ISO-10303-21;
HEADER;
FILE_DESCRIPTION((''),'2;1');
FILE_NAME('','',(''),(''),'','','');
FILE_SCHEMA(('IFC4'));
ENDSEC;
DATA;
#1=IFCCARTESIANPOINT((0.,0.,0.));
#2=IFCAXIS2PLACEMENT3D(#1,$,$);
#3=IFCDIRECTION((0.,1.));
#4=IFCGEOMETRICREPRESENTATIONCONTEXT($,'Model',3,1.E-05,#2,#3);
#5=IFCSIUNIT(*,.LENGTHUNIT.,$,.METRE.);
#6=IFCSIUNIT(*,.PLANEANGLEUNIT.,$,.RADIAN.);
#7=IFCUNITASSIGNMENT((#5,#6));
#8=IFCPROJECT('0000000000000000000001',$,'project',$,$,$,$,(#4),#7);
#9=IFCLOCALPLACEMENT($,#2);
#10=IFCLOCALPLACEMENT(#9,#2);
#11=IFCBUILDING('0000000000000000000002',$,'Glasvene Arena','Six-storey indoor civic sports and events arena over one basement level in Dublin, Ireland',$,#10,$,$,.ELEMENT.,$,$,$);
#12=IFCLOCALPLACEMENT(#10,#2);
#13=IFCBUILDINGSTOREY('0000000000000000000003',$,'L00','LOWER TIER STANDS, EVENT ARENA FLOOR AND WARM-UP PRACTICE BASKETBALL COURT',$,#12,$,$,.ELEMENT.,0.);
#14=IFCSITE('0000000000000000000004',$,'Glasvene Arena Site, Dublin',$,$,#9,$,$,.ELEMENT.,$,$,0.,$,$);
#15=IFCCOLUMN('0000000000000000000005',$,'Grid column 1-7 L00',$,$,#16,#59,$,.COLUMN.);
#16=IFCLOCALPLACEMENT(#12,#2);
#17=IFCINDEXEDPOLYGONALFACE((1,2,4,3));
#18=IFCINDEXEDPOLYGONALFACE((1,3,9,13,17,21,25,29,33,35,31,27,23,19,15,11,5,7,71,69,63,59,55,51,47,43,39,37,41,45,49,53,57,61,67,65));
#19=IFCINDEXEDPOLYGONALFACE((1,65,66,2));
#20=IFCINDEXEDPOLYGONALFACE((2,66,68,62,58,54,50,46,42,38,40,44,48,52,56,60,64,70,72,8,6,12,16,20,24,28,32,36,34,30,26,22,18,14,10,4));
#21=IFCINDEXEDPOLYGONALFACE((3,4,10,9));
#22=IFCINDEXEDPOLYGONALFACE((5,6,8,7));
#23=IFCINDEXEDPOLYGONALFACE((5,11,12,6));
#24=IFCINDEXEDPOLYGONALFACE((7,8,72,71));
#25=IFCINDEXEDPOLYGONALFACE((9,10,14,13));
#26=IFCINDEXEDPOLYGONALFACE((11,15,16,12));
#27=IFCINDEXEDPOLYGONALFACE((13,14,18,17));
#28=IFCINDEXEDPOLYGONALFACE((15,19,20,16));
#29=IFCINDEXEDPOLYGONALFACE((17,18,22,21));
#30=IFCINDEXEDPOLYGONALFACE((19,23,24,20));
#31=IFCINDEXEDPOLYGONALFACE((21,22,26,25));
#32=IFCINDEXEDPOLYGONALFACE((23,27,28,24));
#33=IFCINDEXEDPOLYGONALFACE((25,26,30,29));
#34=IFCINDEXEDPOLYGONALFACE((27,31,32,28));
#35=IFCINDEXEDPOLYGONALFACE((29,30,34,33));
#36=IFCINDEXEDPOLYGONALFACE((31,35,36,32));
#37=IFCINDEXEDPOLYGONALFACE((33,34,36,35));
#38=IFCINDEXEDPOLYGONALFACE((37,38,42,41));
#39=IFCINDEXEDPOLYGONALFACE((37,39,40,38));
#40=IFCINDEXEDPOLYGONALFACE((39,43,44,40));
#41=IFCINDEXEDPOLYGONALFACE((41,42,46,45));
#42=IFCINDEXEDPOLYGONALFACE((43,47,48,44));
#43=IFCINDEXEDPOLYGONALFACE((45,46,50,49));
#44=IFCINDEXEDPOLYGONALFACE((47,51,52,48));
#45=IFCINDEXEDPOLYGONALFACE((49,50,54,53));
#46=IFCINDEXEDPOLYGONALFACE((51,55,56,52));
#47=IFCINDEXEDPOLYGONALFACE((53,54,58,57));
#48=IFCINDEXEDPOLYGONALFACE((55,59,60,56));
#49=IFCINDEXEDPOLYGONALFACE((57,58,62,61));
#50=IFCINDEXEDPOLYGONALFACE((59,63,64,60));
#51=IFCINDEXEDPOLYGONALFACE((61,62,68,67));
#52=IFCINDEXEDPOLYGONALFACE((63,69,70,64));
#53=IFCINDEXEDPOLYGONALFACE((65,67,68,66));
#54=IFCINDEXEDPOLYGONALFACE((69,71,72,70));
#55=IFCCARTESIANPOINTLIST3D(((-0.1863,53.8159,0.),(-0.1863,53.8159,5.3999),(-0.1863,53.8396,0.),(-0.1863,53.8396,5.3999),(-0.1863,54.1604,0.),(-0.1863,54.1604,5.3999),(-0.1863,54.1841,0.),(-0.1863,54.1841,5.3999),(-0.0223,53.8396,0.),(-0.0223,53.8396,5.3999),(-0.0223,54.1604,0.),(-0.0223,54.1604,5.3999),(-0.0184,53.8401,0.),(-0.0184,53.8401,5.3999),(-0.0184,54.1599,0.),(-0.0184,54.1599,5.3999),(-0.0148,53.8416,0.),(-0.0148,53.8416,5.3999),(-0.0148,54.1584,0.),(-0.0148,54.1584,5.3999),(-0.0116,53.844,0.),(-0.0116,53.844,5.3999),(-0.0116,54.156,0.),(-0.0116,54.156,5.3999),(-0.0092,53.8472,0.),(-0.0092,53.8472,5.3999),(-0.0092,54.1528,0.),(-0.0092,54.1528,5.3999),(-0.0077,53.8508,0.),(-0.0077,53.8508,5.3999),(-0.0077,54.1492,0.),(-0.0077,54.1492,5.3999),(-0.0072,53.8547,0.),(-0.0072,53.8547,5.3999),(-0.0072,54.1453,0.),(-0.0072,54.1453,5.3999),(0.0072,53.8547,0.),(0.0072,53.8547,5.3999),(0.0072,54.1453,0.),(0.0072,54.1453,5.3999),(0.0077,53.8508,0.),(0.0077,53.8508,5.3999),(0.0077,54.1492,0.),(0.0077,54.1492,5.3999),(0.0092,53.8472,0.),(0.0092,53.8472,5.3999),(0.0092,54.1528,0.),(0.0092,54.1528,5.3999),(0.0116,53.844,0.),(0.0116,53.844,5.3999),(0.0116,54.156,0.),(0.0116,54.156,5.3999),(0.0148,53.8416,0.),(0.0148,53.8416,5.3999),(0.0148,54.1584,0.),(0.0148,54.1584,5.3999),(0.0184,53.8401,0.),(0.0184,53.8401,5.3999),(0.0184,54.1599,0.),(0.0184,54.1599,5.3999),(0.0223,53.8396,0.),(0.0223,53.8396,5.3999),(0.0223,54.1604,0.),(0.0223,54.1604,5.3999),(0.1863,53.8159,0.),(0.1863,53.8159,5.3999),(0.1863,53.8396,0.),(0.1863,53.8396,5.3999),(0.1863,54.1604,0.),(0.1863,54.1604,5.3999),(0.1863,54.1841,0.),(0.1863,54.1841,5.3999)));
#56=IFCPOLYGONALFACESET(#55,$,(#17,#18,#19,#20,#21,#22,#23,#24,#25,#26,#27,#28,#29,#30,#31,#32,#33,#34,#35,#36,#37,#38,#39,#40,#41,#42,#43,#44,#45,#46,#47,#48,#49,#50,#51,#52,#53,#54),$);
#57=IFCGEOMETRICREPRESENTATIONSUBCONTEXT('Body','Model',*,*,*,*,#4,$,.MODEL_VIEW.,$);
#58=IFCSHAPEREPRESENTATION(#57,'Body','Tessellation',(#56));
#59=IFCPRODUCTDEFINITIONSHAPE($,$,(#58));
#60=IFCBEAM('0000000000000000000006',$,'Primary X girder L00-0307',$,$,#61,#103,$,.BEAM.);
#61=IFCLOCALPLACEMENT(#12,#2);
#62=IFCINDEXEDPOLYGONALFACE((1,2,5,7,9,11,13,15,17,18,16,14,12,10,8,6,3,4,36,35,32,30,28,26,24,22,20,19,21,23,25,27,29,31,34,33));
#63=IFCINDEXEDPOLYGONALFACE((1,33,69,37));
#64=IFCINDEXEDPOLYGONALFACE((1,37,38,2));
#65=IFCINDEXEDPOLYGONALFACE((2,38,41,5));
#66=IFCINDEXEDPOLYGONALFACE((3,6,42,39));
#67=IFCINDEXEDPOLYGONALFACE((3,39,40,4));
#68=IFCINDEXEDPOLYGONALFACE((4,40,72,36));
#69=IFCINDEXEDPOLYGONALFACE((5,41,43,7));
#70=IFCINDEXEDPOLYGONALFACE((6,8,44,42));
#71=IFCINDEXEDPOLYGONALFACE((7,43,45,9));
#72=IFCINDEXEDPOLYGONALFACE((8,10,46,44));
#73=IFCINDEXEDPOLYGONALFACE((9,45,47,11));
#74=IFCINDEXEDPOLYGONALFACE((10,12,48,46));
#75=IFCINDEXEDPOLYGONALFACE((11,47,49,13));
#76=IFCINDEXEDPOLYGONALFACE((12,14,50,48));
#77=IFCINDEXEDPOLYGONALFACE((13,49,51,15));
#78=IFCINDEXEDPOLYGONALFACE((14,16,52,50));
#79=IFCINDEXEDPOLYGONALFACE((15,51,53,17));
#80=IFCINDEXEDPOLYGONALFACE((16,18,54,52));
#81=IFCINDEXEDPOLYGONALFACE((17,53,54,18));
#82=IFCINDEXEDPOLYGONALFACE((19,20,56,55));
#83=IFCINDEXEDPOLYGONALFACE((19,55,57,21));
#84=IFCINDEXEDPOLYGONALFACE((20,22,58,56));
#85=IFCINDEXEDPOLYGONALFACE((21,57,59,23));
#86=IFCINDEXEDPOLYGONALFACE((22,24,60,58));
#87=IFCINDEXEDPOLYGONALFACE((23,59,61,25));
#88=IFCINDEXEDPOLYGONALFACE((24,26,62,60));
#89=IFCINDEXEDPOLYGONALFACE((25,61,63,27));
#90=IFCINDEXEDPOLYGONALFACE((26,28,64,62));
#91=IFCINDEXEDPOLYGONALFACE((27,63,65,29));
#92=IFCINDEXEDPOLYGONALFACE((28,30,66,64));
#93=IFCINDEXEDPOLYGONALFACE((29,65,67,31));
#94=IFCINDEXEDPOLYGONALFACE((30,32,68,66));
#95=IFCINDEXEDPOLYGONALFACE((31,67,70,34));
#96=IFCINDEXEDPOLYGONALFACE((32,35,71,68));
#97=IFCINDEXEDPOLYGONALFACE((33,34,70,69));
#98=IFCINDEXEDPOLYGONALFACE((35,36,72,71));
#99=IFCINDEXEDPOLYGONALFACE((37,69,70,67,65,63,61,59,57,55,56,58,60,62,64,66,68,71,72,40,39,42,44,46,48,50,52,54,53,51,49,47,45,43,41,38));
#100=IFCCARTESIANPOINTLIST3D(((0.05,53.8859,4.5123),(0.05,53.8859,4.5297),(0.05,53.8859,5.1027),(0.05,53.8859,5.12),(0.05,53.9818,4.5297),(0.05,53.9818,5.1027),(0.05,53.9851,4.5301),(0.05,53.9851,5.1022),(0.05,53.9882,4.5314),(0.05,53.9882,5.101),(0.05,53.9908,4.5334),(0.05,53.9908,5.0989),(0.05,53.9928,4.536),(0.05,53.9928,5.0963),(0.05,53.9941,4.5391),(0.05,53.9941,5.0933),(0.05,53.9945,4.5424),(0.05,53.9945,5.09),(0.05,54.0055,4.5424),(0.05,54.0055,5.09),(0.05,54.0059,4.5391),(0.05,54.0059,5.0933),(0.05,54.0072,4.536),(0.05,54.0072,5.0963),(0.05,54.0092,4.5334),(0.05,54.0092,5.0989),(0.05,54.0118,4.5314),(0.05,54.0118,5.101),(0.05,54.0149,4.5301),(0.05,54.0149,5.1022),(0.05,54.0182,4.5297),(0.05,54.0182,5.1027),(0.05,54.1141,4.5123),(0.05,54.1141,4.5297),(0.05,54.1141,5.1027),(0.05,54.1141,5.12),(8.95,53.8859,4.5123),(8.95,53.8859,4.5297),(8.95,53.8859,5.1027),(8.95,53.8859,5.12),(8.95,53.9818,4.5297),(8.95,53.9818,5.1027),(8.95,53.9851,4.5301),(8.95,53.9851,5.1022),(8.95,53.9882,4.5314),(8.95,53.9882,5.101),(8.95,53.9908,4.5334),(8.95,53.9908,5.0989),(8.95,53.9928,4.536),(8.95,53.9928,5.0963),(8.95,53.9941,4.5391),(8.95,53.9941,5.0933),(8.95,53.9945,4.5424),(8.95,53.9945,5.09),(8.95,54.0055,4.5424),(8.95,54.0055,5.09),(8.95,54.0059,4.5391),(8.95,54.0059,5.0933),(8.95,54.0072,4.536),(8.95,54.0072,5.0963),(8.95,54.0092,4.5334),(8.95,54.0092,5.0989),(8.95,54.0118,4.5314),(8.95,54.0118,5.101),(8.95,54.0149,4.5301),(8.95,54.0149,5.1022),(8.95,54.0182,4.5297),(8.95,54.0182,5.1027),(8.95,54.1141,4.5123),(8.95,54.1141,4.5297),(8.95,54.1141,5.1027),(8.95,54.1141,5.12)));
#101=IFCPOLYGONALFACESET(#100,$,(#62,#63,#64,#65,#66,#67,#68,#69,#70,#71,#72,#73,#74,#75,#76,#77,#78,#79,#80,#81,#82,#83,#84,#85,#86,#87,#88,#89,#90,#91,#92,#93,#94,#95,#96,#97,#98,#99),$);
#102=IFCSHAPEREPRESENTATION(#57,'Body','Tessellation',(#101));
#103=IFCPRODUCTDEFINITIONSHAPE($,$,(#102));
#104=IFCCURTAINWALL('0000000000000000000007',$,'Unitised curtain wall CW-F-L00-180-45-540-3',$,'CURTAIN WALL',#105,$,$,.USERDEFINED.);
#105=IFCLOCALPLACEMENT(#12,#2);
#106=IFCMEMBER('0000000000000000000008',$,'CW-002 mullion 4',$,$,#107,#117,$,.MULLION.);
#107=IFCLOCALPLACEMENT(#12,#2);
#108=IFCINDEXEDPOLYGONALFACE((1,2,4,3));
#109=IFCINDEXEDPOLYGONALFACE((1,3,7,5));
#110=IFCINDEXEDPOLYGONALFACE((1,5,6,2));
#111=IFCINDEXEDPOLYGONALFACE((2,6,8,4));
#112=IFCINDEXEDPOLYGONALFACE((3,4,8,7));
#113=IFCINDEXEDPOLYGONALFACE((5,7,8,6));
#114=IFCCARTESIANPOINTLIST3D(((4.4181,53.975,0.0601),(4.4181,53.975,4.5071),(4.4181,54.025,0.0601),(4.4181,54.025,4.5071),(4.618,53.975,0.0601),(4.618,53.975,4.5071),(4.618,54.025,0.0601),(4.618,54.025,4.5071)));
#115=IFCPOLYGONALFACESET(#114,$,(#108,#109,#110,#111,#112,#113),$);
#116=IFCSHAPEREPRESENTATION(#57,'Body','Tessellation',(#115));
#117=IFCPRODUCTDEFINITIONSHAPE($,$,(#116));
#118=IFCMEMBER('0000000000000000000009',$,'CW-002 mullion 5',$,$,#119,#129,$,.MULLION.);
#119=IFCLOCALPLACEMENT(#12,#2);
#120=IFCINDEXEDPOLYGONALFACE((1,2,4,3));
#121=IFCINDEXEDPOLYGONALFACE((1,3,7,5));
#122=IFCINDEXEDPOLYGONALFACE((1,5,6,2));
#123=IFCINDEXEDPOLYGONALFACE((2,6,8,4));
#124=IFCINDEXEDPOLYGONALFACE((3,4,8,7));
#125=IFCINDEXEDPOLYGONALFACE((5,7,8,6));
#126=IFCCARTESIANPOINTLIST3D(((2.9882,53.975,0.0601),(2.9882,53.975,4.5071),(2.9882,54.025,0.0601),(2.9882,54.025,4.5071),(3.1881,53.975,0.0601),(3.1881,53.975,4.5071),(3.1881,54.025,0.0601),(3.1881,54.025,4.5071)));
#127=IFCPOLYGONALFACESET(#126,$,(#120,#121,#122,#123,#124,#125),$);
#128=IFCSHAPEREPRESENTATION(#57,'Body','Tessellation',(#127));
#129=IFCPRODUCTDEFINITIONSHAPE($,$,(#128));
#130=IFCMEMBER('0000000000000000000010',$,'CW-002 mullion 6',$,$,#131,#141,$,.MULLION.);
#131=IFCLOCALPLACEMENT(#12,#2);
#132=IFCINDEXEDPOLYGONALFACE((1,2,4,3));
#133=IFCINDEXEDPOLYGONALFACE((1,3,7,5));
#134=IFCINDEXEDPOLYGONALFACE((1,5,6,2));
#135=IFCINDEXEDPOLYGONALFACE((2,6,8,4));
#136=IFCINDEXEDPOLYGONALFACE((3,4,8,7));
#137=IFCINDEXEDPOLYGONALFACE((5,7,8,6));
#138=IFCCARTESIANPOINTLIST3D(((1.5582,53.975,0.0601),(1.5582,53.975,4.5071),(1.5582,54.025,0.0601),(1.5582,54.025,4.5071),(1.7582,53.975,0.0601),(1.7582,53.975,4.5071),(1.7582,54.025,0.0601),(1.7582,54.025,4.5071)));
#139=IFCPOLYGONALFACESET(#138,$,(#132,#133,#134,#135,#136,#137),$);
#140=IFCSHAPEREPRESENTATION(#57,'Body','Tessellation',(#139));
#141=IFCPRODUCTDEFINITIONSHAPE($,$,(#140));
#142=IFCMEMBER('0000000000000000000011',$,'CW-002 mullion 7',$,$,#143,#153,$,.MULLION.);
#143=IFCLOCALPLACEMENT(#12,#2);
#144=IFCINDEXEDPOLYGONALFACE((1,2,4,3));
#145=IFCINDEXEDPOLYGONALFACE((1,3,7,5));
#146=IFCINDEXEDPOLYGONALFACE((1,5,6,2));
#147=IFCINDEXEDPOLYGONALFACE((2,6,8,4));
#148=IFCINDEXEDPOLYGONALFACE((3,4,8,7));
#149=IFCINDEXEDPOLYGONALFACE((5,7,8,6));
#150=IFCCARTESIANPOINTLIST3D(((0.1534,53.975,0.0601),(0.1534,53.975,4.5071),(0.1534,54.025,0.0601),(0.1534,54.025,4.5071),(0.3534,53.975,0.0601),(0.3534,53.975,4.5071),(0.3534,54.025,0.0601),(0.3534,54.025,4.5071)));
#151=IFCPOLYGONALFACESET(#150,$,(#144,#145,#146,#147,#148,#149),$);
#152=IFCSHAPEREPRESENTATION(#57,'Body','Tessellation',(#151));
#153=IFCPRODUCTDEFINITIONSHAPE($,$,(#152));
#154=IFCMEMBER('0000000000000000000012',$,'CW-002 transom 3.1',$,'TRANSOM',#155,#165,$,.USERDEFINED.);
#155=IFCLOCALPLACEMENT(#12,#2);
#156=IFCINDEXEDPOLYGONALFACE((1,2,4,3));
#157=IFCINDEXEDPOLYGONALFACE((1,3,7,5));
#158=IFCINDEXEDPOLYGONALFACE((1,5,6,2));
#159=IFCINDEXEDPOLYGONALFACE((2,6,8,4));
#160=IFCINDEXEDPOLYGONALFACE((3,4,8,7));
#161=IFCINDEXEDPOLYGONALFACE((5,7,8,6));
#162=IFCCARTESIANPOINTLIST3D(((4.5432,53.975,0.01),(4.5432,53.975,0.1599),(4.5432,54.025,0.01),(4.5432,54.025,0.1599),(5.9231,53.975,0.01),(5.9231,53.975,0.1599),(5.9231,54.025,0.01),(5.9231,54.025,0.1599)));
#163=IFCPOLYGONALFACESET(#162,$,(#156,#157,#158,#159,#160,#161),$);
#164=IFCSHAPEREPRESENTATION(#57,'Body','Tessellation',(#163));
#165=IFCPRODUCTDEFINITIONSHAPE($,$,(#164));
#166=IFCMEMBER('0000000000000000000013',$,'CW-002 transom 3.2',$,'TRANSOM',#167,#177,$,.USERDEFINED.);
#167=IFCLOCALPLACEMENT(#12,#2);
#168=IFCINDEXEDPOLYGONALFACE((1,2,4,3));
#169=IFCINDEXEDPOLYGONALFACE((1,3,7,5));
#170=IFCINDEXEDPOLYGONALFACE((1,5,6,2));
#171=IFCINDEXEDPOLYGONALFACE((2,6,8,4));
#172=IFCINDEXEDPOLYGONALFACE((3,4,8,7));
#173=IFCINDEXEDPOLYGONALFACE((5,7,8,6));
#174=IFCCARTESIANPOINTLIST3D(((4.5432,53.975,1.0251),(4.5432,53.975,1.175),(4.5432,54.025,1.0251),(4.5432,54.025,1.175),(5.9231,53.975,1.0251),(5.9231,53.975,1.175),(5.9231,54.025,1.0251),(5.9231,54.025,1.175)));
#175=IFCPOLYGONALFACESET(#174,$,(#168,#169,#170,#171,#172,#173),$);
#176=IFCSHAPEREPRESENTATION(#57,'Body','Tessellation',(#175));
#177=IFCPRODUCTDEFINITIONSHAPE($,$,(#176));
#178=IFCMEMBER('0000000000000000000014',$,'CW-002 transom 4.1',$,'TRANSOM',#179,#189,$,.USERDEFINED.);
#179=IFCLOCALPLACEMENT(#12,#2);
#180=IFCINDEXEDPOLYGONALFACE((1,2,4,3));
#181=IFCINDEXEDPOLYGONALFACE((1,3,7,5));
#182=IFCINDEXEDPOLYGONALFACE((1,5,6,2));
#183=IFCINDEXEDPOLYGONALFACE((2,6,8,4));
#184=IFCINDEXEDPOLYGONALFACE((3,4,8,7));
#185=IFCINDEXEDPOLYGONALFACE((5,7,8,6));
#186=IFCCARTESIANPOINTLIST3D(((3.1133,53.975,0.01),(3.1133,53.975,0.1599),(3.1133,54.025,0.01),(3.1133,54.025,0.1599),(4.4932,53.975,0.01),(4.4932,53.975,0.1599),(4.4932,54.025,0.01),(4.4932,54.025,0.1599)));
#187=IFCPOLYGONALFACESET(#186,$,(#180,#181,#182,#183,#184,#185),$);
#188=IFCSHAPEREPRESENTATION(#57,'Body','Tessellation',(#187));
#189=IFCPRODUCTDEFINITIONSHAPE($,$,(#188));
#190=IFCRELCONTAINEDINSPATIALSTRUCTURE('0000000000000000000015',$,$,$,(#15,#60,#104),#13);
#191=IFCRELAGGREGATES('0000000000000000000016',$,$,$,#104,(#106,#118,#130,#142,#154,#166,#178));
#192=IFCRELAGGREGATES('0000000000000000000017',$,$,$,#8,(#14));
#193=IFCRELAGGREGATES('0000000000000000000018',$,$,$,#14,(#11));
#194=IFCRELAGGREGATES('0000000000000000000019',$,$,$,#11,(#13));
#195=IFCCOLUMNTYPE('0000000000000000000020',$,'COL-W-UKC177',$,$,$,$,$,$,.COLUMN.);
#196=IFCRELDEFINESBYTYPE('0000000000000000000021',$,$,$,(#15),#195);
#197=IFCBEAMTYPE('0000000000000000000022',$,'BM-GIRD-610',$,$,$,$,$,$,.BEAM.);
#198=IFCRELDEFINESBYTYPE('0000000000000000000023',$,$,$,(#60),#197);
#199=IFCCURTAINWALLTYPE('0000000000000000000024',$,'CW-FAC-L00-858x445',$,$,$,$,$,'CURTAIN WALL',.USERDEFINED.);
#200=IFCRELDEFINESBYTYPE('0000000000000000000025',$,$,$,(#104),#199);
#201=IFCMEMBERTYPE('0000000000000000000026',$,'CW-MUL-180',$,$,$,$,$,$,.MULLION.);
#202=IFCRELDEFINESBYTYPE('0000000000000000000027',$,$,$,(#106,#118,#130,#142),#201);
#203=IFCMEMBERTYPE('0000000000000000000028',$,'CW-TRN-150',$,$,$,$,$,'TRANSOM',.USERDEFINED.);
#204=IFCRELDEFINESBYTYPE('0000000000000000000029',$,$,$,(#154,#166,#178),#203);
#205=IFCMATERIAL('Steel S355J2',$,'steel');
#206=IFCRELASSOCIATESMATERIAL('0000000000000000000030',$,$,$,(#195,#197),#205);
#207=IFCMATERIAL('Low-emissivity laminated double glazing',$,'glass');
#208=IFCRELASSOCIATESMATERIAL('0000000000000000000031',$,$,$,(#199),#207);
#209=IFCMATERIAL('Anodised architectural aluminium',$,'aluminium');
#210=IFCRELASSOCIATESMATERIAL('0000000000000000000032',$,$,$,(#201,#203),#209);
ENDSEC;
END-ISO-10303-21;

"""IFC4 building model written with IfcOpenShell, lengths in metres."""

from ifc_helpers import new_model, si_unit, direction, frame, origin, origin_2d, place, context, subcontext, project, spatial, rectangle, i_section, extrude, material, material_profile, profile_set, type_object, element, aggregate, save


model = new_model("IFC4")

# Units and contexts
model_context = context("Model", 3, precision=1e-05, world=origin(), true_north=direction((0.0, 1.0)))
body_context = subcontext(model_context, "Body", "Model", "MODEL_VIEW")
ifc_project = project(units=[si_unit("LENGTHUNIT", "METRE"), si_unit("PLANEANGLEUNIT", "RADIAN")], contexts=[model_context])

# Site, building, storey
site_placement = place(None, origin())
site = spatial("IfcSite", under=ifc_project, at=site_placement, Name="Glasvene Arena Site, Dublin", CompositionType="ELEMENT", RefElevation=0.0)
building_placement = place(site_placement, origin())
building = spatial("IfcBuilding", under=site, at=building_placement, Name="Glasvene Arena", Description="Six-storey indoor civic sports and events arena over one basement level in Dublin, Ireland", CompositionType="ELEMENT")
storey_placement = place(building_placement, origin())
storey = spatial("IfcBuildingStorey", under=building, at=storey_placement, Name="L00", Description="LOWER TIER STANDS, EVENT ARENA FLOOR AND WARM-UP PRACTICE BASKETBALL COURT", CompositionType="ELEMENT", Elevation=0.0)

# Column
ifc_material_1 = material(Name="Steel S355J2", Category="steel")
ifc_material_profile_1 = material_profile(ifc_material_1, i_section(OverallWidth=0.3726, OverallDepth=0.3682, WebThickness=0.0144, FlangeThickness=0.0237, FilletRadius=0.0151, at=origin_2d()), Name="UKC 356x368x177")
ifc_profile_set_1 = profile_set([ifc_material_profile_1], Name="Steel S355J2")
column_type = type_object("IfcColumnType", Name="COL-W-UKC177", PredefinedType="COLUMN", material=ifc_profile_set_1)
column_placement = place(storey_placement, frame((0.0, 54.0, 0.0), z_axis=(0.0, 0.0, 1.0), x_axis=(1.0, 0.0, 0.0)))
element("IfcColumn", 1, at=column_placement, inside=storey, type_object=column_type, Name="Grid column 1-7 L00", PredefinedType="COLUMN", context=body_context, shape_type="SweptSolid", body=[
    extrude(i_section(OverallWidth=0.3726, OverallDepth=0.3682, WebThickness=0.0144, FlangeThickness=0.0237, FilletRadius=0.0151, at=origin_2d()), origin(), (0.0, 0.0, 1.0), 5.3999),
])

# Beam
ifc_material_profile_2 = material_profile(ifc_material_1, i_section(OverallWidth=0.2283, OverallDepth=0.6077, WebThickness=0.011, FlangeThickness=0.0173, FilletRadius=0.0127, at=origin_2d()), Name="UKB 610x229x113")
ifc_profile_set_2 = profile_set([ifc_material_profile_2], Name="Steel S355J2")
beam_type = type_object("IfcBeamType", Name="BM-GIRD-610", PredefinedType="BEAM", material=ifc_profile_set_2)
beam_placement = place(storey_placement, frame((0.05, 54.0, 4.8162), z_axis=(1.0, 0.0, 0.0), x_axis=(0.0, 1.0, 0.0)))
element("IfcBeam", 2, at=beam_placement, inside=storey, type_object=beam_type, Name="Primary X girder L00-0307", PredefinedType="BEAM", context=body_context, shape_type="SweptSolid", body=[
    extrude(i_section(OverallWidth=0.2283, OverallDepth=0.6077, WebThickness=0.011, FlangeThickness=0.0173, FilletRadius=0.0127, at=origin_2d()), origin(), (0.0, 0.0, 1.0), 8.8999),
])

# Curtain wall, members
ifc_material_2 = material(Name="Low-emissivity laminated double glazing", Category="glass")
curtain_wall_type = type_object("IfcCurtainWallType", Name="CW-FAC-L00-858x445", ElementType="CURTAIN WALL", PredefinedType="USERDEFINED", material=ifc_material_2)
curtain_wall_placement = place(storey_placement, frame((8.8081, 54.0, 0.0)))
curtain_wall = element("IfcCurtainWall", 3, at=curtain_wall_placement, inside=storey, type_object=curtain_wall_type, Name="Unitised curtain wall CW-F-L00-180-45-540-3", ObjectType="CURTAIN WALL", PredefinedType="USERDEFINED")
ifc_material_3 = material(Name="Anodised architectural aluminium", Category="aluminium")
ifc_material_profile_3 = material_profile(ifc_material_3, rectangle(XDim=0.05, YDim=0.2, at=origin_2d()), Name="ALU MULLION 50x200")
ifc_profile_set_3 = profile_set([ifc_material_profile_3], Name="Anodised architectural aluminium")
member_type_1 = type_object("IfcMemberType", Name="CW-MUL-180", PredefinedType="MULLION", material=ifc_profile_set_3)
member_1_placement = place(storey_placement, frame((4.5181, 54.0, 0.0601), z_axis=(0.0, 0.0, 1.0), x_axis=(0.0, -1.0, 0.0)))
member_1 = element("IfcMember", 4, at=member_1_placement, type_object=member_type_1, Name="CW-002 mullion 4", PredefinedType="MULLION", context=body_context, shape_type="SweptSolid", body=[
    extrude(rectangle(XDim=0.05, YDim=0.2, at=origin_2d()), origin(), (0.0, 0.0, 1.0), 4.447),
])
member_2_placement = place(storey_placement, frame((3.0881, 54.0, 0.0601), z_axis=(0.0, 0.0, 1.0), x_axis=(0.0, -1.0, 0.0)))
member_2 = element("IfcMember", 5, at=member_2_placement, type_object=member_type_1, Name="CW-002 mullion 5", PredefinedType="MULLION", context=body_context, shape_type="SweptSolid", body=[
    extrude(rectangle(XDim=0.05, YDim=0.2, at=origin_2d()), origin(), (0.0, 0.0, 1.0), 4.447),
])
member_3_placement = place(storey_placement, frame((1.6582, 54.0, 0.0601), z_axis=(0.0, 0.0, 1.0), x_axis=(0.0, -1.0, 0.0)))
member_3 = element("IfcMember", 6, at=member_3_placement, type_object=member_type_1, Name="CW-002 mullion 6", PredefinedType="MULLION", context=body_context, shape_type="SweptSolid", body=[
    extrude(rectangle(XDim=0.05, YDim=0.2, at=origin_2d()), origin(), (0.0, 0.0, 1.0), 4.447),
])
member_4_placement = place(storey_placement, frame((0.2534, 54.0, 0.0601), z_axis=(0.0, 0.0, 1.0), x_axis=(0.0, -1.0, 0.0)))
member_4 = element("IfcMember", 7, at=member_4_placement, type_object=member_type_1, Name="CW-002 mullion 7", PredefinedType="MULLION", context=body_context, shape_type="SweptSolid", body=[
    extrude(rectangle(XDim=0.05, YDim=0.2, at=origin_2d()), origin(), (0.0, 0.0, 1.0), 4.447),
])
ifc_material_profile_4 = material_profile(ifc_material_3, rectangle(XDim=0.05, YDim=0.1499, at=origin_2d()), Name="ALU TRANSOM 50x150")
ifc_profile_set_4 = profile_set([ifc_material_profile_4], Name="Anodised architectural aluminium")
member_type_2 = type_object("IfcMemberType", Name="CW-TRN-150", ElementType="TRANSOM", PredefinedType="USERDEFINED", material=ifc_profile_set_4)
member_5_placement = place(storey_placement, frame((5.9231, 54.0, 0.085), z_axis=(-1.0, 0.0, 0.0), x_axis=(0.0, -1.0, 0.0)))
member_5 = element("IfcMember", 8, at=member_5_placement, type_object=member_type_2, Name="CW-002 transom 3.1", ObjectType="TRANSOM", PredefinedType="USERDEFINED", context=body_context, shape_type="SweptSolid", body=[
    extrude(rectangle(XDim=0.05, YDim=0.1499, at=origin_2d()), origin(), (0.0, 0.0, 1.0), 1.3799),
])
member_6_placement = place(storey_placement, frame((5.9231, 54.0, 1.1001), z_axis=(-1.0, 0.0, 0.0), x_axis=(0.0, -1.0, 0.0)))
member_6 = element("IfcMember", 9, at=member_6_placement, type_object=member_type_2, Name="CW-002 transom 3.2", ObjectType="TRANSOM", PredefinedType="USERDEFINED", context=body_context, shape_type="SweptSolid", body=[
    extrude(rectangle(XDim=0.05, YDim=0.1499, at=origin_2d()), origin(), (0.0, 0.0, 1.0), 1.3799),
])
member_7_placement = place(storey_placement, frame((4.4932, 54.0, 0.085), z_axis=(-1.0, 0.0, 0.0), x_axis=(0.0, -1.0, 0.0)))
member_7 = element("IfcMember", 10, at=member_7_placement, type_object=member_type_2, Name="CW-002 transom 4.1", ObjectType="TRANSOM", PredefinedType="USERDEFINED", context=body_context, shape_type="SweptSolid", body=[
    extrude(rectangle(XDim=0.05, YDim=0.1499, at=origin_2d()), origin(), (0.0, 0.0, 1.0), 1.3799),
])

aggregate(curtain_wall, [member_1, member_2, member_3, member_4, member_5, member_6, member_7])

save(model, "model.ifc")
